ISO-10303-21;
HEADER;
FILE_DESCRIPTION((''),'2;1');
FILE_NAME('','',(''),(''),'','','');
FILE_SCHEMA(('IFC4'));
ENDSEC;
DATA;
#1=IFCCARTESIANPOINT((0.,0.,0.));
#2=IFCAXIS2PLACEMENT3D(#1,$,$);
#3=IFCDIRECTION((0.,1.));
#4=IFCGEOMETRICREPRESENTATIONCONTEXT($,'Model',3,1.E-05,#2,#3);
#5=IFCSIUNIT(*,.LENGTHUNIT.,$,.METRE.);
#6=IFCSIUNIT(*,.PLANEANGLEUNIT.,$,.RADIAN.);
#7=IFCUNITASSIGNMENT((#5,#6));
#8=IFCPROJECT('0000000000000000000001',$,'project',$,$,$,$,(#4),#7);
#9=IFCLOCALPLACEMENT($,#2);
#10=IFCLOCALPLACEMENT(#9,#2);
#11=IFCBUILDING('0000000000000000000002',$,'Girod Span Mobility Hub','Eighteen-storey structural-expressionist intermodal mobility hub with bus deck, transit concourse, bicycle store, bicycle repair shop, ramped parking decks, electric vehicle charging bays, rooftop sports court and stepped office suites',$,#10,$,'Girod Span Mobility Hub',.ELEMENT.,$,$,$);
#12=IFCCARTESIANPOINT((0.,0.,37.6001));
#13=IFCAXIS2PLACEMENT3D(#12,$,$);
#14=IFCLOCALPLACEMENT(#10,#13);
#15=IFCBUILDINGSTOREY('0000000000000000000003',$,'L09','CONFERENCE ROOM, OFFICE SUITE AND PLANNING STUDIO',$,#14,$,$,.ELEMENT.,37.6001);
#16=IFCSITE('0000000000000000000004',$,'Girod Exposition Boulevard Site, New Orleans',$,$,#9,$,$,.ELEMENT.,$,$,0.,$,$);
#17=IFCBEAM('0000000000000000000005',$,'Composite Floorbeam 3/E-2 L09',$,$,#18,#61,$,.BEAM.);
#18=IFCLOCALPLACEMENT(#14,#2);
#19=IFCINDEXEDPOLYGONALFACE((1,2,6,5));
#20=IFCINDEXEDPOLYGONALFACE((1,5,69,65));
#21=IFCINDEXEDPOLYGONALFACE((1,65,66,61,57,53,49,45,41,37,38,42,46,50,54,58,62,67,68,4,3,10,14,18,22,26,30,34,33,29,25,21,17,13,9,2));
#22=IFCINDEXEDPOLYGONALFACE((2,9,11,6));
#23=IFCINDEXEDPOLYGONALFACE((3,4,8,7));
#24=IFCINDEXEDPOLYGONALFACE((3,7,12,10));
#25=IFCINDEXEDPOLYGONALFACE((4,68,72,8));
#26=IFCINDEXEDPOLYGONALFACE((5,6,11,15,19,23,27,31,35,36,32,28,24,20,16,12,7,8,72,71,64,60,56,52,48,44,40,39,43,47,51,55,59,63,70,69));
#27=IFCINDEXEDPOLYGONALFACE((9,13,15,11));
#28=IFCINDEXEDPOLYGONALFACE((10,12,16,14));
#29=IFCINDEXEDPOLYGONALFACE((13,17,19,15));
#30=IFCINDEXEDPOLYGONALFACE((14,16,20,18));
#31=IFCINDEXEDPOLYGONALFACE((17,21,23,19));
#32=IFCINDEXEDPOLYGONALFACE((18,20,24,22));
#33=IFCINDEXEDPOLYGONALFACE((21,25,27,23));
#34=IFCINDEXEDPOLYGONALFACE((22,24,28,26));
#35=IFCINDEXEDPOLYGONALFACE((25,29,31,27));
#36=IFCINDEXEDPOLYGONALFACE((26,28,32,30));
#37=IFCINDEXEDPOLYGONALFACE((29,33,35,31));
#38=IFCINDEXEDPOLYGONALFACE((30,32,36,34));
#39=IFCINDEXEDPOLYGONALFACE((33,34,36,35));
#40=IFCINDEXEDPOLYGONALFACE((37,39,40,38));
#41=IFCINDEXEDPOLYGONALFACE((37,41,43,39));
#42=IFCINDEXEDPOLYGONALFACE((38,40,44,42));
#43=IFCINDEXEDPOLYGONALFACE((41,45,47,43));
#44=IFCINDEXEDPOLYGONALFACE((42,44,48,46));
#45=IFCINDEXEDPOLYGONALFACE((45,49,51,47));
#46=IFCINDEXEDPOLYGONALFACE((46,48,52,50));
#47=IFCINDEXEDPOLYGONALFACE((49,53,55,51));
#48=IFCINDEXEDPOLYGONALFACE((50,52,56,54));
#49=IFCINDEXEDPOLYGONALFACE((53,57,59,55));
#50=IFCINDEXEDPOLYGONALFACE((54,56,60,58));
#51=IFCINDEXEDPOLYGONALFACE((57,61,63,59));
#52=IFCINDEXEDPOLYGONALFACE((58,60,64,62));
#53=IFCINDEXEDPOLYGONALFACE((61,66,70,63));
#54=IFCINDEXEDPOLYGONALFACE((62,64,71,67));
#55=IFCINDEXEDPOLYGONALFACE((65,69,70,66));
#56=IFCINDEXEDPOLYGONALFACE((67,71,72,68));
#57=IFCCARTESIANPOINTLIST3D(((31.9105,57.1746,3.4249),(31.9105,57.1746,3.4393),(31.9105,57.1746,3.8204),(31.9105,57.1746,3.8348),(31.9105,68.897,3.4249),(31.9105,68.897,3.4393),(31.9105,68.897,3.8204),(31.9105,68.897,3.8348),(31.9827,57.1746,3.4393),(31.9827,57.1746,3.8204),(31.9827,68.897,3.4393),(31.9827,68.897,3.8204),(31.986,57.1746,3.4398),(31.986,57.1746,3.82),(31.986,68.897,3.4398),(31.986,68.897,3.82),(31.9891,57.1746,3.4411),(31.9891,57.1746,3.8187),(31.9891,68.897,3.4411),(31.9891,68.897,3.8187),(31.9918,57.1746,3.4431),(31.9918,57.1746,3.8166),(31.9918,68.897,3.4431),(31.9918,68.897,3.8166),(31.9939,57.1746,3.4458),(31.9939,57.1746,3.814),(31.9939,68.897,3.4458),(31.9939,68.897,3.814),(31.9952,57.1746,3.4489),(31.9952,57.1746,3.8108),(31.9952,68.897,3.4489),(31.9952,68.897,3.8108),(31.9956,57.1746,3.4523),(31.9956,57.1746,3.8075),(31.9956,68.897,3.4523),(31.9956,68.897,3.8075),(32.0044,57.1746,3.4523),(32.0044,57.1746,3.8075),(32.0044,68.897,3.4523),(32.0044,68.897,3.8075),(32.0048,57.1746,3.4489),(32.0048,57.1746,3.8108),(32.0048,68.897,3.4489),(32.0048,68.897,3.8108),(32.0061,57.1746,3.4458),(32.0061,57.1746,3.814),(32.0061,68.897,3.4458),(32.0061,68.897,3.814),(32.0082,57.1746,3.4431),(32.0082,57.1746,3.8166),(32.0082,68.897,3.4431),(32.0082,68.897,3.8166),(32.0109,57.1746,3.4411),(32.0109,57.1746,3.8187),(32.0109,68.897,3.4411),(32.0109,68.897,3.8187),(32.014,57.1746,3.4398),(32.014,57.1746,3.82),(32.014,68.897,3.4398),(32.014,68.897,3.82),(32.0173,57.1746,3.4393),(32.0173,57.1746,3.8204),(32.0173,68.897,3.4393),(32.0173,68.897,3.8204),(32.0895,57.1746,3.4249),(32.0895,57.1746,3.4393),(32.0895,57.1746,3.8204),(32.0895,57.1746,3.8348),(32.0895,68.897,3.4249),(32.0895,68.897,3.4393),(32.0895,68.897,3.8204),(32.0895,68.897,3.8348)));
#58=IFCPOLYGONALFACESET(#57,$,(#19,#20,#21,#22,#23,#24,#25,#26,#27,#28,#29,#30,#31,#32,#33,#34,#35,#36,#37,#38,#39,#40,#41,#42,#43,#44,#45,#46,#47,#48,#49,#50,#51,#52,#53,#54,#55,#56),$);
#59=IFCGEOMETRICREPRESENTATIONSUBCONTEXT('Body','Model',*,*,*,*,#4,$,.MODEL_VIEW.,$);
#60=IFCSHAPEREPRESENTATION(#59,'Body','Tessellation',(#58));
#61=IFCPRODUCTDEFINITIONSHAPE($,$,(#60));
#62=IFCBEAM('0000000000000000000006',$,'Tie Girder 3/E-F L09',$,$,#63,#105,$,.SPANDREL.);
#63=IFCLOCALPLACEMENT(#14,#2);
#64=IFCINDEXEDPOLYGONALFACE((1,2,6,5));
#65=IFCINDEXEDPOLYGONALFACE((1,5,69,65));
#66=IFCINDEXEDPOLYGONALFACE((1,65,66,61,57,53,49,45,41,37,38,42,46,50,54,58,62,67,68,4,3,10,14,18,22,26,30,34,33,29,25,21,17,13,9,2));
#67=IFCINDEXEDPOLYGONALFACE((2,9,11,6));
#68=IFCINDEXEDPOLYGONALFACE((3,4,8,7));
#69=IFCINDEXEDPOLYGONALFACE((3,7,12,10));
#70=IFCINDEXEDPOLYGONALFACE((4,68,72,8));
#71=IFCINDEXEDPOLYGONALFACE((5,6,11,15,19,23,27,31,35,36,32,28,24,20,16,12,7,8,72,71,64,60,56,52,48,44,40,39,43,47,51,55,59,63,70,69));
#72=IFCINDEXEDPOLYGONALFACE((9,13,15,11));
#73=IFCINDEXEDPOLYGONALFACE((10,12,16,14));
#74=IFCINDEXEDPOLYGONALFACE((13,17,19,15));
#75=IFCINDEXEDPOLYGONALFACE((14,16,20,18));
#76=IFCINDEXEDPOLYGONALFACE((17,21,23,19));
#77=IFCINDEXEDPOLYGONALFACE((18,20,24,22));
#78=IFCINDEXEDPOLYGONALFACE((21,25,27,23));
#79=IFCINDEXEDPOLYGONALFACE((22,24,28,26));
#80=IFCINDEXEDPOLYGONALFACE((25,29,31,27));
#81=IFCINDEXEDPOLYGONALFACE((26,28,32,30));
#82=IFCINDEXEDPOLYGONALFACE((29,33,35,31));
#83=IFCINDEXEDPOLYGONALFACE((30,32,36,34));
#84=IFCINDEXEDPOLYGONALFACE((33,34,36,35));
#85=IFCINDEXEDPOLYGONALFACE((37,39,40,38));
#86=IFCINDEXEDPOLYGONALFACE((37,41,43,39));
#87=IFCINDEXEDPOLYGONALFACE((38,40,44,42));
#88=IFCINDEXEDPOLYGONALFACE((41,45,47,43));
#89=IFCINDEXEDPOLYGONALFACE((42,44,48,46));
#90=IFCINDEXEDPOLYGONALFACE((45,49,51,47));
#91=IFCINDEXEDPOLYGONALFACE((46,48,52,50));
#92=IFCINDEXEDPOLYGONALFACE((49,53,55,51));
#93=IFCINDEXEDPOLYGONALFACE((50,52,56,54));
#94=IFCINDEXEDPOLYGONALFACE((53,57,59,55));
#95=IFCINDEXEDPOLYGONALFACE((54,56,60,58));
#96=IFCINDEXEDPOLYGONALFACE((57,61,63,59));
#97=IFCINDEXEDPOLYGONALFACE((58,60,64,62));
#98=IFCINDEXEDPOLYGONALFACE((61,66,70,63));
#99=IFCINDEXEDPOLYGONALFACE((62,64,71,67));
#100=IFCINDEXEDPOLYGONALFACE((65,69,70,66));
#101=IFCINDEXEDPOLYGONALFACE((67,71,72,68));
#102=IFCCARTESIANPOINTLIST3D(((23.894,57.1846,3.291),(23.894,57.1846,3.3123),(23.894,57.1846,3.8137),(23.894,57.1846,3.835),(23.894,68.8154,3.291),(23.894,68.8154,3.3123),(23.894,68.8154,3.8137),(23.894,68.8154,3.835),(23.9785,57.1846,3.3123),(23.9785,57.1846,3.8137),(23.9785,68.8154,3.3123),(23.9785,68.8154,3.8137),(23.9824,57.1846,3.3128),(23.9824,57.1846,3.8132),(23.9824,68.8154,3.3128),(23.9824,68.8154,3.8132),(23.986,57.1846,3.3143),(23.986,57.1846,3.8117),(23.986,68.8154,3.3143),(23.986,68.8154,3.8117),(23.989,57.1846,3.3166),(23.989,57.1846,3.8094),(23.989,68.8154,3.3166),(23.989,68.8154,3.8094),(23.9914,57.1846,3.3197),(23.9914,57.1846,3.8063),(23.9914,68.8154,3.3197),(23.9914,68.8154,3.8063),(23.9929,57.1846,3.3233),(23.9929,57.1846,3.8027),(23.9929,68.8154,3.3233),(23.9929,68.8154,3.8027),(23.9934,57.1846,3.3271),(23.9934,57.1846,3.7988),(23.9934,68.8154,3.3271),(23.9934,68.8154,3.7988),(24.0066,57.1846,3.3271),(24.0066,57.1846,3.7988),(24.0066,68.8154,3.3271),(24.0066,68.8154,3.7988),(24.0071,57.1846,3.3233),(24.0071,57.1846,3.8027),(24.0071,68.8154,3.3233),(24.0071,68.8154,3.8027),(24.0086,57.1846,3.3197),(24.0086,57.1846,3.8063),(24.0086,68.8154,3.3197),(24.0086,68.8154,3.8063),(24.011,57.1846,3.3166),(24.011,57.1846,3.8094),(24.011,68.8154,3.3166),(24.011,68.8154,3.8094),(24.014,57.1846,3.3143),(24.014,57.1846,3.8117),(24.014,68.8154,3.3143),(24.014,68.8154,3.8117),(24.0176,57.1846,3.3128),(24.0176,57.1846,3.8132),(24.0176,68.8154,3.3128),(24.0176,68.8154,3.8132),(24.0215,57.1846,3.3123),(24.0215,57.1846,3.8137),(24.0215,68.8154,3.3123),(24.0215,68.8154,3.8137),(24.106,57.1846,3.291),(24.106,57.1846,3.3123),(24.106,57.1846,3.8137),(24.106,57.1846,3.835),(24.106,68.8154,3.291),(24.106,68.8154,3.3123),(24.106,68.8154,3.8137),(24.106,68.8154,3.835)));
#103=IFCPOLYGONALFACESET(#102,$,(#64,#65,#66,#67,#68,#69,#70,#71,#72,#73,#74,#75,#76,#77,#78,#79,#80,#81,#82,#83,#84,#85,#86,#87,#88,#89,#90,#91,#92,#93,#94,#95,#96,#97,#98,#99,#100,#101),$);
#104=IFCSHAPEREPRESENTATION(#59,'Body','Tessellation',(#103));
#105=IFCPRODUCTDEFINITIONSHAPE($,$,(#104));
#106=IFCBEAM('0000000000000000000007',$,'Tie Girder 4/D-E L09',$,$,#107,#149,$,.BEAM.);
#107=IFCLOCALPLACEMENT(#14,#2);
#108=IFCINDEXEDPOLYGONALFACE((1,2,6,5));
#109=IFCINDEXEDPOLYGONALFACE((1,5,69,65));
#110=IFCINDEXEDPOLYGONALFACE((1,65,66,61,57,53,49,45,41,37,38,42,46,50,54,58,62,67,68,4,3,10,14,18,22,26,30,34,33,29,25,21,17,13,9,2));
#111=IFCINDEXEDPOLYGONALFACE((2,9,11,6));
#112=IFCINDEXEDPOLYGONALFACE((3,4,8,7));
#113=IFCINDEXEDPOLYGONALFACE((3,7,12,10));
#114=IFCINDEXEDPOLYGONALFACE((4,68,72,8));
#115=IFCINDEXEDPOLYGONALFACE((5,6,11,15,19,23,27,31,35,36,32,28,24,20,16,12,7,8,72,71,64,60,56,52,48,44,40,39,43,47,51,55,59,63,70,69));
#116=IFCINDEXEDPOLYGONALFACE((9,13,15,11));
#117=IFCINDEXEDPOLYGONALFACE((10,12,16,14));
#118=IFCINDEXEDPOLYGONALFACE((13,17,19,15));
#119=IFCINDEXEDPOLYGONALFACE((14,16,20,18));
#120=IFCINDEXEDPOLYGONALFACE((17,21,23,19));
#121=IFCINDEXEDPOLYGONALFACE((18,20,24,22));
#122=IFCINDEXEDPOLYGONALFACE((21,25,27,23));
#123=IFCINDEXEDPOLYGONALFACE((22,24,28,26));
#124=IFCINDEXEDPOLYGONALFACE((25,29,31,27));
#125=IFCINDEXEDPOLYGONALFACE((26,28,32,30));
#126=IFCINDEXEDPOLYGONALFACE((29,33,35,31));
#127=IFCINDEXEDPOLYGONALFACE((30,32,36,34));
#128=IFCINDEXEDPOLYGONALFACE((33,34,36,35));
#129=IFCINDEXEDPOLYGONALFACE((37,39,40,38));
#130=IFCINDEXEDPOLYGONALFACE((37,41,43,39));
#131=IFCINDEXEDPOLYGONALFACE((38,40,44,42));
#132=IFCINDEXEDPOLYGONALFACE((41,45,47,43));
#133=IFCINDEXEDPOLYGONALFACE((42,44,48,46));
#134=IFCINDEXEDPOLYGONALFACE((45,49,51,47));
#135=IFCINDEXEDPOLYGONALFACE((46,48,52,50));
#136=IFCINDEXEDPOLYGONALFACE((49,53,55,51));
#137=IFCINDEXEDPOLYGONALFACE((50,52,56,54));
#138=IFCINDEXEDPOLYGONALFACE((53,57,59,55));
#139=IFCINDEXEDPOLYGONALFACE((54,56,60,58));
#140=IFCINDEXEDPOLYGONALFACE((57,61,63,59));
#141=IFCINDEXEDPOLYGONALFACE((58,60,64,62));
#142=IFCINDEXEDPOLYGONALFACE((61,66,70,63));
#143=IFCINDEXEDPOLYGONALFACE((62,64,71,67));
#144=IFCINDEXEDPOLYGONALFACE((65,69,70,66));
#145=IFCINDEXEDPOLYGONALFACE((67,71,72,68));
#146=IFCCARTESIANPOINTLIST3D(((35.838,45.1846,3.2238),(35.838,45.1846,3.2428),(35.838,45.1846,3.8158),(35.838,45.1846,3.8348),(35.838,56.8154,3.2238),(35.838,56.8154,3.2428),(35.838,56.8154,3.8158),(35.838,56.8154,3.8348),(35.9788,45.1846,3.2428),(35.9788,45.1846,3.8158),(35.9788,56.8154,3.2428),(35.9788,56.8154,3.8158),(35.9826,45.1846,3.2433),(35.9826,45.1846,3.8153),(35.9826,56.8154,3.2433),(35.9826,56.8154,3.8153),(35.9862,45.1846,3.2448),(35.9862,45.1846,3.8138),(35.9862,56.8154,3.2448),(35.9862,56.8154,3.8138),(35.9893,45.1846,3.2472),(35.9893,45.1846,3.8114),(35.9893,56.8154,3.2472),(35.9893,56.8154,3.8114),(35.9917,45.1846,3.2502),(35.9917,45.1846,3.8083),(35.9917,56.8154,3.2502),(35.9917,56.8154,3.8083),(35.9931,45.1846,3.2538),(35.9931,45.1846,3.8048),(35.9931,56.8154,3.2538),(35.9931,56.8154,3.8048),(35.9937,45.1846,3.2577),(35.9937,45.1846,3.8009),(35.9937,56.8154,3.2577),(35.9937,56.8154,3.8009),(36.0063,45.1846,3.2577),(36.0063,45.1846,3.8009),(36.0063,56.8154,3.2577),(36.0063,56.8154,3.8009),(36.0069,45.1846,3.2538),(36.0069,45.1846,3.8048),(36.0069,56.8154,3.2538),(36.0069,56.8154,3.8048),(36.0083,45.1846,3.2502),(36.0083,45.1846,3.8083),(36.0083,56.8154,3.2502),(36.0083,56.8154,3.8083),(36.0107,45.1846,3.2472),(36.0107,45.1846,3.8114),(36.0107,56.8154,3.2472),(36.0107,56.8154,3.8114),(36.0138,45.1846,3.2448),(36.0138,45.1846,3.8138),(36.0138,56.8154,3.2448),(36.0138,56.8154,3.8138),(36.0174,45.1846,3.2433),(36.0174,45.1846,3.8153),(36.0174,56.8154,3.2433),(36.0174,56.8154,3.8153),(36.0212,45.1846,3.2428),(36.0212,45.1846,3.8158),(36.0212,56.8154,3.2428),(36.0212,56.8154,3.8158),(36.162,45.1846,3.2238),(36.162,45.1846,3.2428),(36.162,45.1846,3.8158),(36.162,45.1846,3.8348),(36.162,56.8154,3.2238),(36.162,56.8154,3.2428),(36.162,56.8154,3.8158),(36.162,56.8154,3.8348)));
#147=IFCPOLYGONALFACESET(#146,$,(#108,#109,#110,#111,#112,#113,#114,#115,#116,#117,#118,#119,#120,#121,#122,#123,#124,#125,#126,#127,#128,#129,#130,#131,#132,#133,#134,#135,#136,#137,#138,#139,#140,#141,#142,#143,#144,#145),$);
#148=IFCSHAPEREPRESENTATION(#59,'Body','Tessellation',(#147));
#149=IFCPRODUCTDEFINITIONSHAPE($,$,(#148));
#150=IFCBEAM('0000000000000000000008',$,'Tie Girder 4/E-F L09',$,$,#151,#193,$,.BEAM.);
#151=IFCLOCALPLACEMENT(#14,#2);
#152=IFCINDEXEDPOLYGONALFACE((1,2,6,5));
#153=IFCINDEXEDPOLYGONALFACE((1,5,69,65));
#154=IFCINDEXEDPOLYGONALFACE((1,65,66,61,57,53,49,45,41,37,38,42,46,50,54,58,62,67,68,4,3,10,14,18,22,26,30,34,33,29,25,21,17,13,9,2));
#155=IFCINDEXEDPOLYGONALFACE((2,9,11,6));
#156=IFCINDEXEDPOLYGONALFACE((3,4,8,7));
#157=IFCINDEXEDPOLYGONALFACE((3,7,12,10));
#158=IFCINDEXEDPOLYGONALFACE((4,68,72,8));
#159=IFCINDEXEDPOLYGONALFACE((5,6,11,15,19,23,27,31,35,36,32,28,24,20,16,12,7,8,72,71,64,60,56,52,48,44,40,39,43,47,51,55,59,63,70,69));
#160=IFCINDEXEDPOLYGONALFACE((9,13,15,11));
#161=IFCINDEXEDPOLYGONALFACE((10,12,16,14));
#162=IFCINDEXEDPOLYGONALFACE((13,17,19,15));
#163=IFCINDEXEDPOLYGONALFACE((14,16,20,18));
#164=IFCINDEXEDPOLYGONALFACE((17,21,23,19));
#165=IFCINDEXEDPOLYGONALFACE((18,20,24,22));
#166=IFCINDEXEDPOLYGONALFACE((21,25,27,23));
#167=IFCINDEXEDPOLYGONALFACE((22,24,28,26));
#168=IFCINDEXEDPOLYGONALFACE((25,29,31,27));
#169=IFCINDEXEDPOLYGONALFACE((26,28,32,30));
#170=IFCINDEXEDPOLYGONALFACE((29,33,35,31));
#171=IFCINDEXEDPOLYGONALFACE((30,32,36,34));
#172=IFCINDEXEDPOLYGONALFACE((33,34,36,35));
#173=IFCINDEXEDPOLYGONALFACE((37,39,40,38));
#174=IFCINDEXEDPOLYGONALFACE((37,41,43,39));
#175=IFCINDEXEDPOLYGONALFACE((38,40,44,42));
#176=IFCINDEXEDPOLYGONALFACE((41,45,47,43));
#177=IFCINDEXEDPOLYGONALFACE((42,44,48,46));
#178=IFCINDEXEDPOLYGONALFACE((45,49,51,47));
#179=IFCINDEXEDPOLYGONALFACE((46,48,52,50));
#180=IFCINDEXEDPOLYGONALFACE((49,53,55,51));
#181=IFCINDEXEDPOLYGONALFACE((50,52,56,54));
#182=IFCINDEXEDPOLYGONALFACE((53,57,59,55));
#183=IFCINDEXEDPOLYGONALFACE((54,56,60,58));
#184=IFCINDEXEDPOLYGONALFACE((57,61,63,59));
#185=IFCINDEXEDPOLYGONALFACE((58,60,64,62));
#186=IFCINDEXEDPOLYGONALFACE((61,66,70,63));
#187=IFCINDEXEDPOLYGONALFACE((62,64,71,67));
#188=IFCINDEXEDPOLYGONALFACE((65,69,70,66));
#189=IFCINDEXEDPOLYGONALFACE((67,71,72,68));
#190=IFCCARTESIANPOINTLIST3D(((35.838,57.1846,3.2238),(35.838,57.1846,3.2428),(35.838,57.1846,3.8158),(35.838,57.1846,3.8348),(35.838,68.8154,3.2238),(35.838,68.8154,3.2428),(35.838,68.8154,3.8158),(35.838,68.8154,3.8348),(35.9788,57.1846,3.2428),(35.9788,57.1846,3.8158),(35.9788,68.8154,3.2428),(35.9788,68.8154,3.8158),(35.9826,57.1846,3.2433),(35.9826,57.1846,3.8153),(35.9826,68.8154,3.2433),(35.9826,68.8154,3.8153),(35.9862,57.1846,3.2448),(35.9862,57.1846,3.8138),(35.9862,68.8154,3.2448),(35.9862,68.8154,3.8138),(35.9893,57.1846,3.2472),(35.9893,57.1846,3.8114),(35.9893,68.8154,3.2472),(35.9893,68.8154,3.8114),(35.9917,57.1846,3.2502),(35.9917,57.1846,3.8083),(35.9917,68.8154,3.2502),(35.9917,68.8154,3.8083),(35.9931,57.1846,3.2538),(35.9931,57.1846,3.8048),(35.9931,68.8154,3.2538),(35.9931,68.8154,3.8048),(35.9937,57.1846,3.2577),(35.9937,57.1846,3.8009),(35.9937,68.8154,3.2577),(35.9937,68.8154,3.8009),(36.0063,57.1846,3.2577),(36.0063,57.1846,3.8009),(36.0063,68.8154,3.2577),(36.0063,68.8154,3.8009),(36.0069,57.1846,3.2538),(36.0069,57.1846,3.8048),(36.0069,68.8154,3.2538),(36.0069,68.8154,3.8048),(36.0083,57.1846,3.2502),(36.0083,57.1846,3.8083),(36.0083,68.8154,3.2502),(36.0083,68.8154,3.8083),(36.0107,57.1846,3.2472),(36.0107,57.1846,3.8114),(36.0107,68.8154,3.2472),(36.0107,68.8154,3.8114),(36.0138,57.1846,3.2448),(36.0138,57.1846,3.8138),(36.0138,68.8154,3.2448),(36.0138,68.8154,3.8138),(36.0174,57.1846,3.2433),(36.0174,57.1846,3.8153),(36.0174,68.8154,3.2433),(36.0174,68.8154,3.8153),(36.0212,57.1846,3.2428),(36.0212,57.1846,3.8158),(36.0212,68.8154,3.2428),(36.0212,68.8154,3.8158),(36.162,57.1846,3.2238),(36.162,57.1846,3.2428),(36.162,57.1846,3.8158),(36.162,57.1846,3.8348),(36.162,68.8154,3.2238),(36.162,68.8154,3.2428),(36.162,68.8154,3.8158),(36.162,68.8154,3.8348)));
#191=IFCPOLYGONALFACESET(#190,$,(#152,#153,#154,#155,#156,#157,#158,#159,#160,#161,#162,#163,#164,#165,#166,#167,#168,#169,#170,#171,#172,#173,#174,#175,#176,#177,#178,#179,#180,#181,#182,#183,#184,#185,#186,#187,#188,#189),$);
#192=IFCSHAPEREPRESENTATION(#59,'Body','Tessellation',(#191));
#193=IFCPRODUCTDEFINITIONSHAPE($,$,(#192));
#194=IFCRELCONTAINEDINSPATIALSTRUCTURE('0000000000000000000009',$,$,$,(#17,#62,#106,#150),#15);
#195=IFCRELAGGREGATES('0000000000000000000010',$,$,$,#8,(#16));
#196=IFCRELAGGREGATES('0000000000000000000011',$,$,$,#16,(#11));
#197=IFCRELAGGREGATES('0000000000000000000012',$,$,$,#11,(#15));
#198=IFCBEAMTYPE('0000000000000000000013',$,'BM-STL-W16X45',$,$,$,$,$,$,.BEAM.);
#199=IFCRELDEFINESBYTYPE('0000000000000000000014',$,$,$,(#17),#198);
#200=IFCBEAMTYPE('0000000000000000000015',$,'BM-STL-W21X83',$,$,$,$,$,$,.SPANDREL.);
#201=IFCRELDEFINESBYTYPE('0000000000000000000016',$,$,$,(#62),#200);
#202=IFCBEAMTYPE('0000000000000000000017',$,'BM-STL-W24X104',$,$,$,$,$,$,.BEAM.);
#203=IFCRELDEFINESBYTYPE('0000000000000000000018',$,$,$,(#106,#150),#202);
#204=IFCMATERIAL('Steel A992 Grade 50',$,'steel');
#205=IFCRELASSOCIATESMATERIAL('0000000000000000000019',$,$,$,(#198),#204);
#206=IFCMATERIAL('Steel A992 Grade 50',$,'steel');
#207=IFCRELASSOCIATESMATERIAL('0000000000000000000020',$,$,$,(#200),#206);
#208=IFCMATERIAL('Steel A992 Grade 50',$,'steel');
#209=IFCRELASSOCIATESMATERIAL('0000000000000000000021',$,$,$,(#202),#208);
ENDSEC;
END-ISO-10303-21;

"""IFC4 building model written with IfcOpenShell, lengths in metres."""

from ifc_helpers import new_model, si_unit, direction, frame, origin, origin_2d, place, context, subcontext, project, spatial, i_section, extrude, material, material_profile, profile_set, type_object, element, save


model = new_model("IFC4")

# Units and contexts
model_context = context("Model", 3, precision=1e-05, world=origin(), true_north=direction((0.0, 1.0)))
body_context = subcontext(model_context, "Body", "Model", "MODEL_VIEW")
ifc_project = project(units=[si_unit("LENGTHUNIT", "METRE"), si_unit("PLANEANGLEUNIT", "RADIAN")], contexts=[model_context])

# Site, building, storey
site_placement = place(None, origin())
site = spatial("IfcSite", under=ifc_project, at=site_placement, Name="Girod Exposition Boulevard Site, New Orleans", CompositionType="ELEMENT", RefElevation=0.0)
building_placement = place(site_placement, origin())
building = spatial("IfcBuilding", under=site, at=building_placement, Name="Girod Span Mobility Hub", Description="Eighteen-storey structural-expressionist intermodal mobility hub with bus deck, transit concourse, bicycle store, bicycle repair shop, ramped parking decks, electric vehicle charging bays, rooftop sports court and stepped office suites", LongName="Girod Span Mobility Hub", CompositionType="ELEMENT")
storey_placement = place(building_placement, frame((0.0, 0.0, 37.6001)))
storey = spatial("IfcBuildingStorey", under=building, at=storey_placement, Name="L09", Description="CONFERENCE ROOM, OFFICE SUITE AND PLANNING STUDIO", CompositionType="ELEMENT", Elevation=37.6001)

# Beams
ifc_material_1 = material(Name="Steel A992 Grade 50", Category="steel")
ifc_material_profile_1 = material_profile(ifc_material_1, i_section(OverallWidth=0.179, OverallDepth=0.4099, WebThickness=0.0088, FlangeThickness=0.0144, FilletRadius=0.0129, at=origin_2d()), Name="W16X45")
ifc_profile_set_1 = profile_set([ifc_material_profile_1], Name="Steel A992 Grade 50")
beam_type_1 = type_object("IfcBeamType", Name="BM-STL-W16X45", PredefinedType="BEAM", material=ifc_profile_set_1)
for number, where, z_axis, x_axis, name in (
    (1, (32.0, 57.1746, 3.6299), (0.0, 1.0, 0.0), (-1.0, 0.0, 0.0), "Composite Floorbeam 3/E-2 L09"),
):
    element("IfcBeam", number, at=place(storey_placement, frame(where, z_axis=z_axis, x_axis=x_axis)), inside=storey, type_object=beam_type_1, Name=name, PredefinedType="BEAM", context=body_context, shape_type="SweptSolid", body=[
        extrude(i_section(OverallWidth=0.179, OverallDepth=0.4099, WebThickness=0.0088, FlangeThickness=0.0144, FilletRadius=0.0129, at=origin_2d()), origin(), (0.0, 0.0, 1.0), 11.7224),
    ])
ifc_material_2 = material(Name="Steel A992 Grade 50", Category="steel")
ifc_material_profile_2 = material_profile(ifc_material_2, i_section(OverallWidth=0.2119, OverallDepth=0.5439, WebThickness=0.0132, FlangeThickness=0.0212, FilletRadius=0.0149, at=origin_2d()), Name="W21X83")
ifc_profile_set_2 = profile_set([ifc_material_profile_2], Name="Steel A992 Grade 50")
beam_type_2 = type_object("IfcBeamType", Name="BM-STL-W21X83", PredefinedType="SPANDREL", material=ifc_profile_set_2)
beam_1_placement = place(storey_placement, frame((24.0, 57.1846, 3.563), z_axis=(0.0, 1.0, 0.0), x_axis=(-1.0, 0.0, 0.0)))
element("IfcBeam", 2, at=beam_1_placement, inside=storey, type_object=beam_type_2, Name="Tie Girder 3/E-F L09", PredefinedType="SPANDREL", context=body_context, shape_type="SweptSolid", body=[
    extrude(i_section(OverallWidth=0.2119, OverallDepth=0.5439, WebThickness=0.0132, FlangeThickness=0.0212, FilletRadius=0.0149, at=origin_2d()), origin(), (0.0, 0.0, 1.0), 11.6309),
])
ifc_material_3 = material(Name="Steel A992 Grade 50", Category="steel")
ifc_material_profile_3 = material_profile(ifc_material_3, i_section(OverallWidth=0.324, OverallDepth=0.6111, WebThickness=0.0127, FlangeThickness=0.019, FilletRadius=0.0149, at=origin_2d()), Name="W24X104")
ifc_profile_set_3 = profile_set([ifc_material_profile_3], Name="Steel A992 Grade 50")
beam_type_3 = type_object("IfcBeamType", Name="BM-STL-W24X104", PredefinedType="BEAM", material=ifc_profile_set_3)
for number, where, z_axis, x_axis, name in (
    (3, (36.0, 45.1846, 3.5293), (0.0, 1.0, 0.0), (-1.0, 0.0, 0.0), "Tie Girder 4/D-E L09"),
    (4, (36.0, 57.1846, 3.5293), (0.0, 1.0, 0.0), (-1.0, 0.0, 0.0), "Tie Girder 4/E-F L09"),
):
    element("IfcBeam", number, at=place(storey_placement, frame(where, z_axis=z_axis, x_axis=x_axis)), inside=storey, type_object=beam_type_3, Name=name, PredefinedType="BEAM", context=body_context, shape_type="SweptSolid", body=[
        extrude(i_section(OverallWidth=0.324, OverallDepth=0.6111, WebThickness=0.0127, FlangeThickness=0.019, FilletRadius=0.0149, at=origin_2d()), origin(), (0.0, 0.0, 1.0), 11.6309),
    ])

save(model, "model.ifc")
